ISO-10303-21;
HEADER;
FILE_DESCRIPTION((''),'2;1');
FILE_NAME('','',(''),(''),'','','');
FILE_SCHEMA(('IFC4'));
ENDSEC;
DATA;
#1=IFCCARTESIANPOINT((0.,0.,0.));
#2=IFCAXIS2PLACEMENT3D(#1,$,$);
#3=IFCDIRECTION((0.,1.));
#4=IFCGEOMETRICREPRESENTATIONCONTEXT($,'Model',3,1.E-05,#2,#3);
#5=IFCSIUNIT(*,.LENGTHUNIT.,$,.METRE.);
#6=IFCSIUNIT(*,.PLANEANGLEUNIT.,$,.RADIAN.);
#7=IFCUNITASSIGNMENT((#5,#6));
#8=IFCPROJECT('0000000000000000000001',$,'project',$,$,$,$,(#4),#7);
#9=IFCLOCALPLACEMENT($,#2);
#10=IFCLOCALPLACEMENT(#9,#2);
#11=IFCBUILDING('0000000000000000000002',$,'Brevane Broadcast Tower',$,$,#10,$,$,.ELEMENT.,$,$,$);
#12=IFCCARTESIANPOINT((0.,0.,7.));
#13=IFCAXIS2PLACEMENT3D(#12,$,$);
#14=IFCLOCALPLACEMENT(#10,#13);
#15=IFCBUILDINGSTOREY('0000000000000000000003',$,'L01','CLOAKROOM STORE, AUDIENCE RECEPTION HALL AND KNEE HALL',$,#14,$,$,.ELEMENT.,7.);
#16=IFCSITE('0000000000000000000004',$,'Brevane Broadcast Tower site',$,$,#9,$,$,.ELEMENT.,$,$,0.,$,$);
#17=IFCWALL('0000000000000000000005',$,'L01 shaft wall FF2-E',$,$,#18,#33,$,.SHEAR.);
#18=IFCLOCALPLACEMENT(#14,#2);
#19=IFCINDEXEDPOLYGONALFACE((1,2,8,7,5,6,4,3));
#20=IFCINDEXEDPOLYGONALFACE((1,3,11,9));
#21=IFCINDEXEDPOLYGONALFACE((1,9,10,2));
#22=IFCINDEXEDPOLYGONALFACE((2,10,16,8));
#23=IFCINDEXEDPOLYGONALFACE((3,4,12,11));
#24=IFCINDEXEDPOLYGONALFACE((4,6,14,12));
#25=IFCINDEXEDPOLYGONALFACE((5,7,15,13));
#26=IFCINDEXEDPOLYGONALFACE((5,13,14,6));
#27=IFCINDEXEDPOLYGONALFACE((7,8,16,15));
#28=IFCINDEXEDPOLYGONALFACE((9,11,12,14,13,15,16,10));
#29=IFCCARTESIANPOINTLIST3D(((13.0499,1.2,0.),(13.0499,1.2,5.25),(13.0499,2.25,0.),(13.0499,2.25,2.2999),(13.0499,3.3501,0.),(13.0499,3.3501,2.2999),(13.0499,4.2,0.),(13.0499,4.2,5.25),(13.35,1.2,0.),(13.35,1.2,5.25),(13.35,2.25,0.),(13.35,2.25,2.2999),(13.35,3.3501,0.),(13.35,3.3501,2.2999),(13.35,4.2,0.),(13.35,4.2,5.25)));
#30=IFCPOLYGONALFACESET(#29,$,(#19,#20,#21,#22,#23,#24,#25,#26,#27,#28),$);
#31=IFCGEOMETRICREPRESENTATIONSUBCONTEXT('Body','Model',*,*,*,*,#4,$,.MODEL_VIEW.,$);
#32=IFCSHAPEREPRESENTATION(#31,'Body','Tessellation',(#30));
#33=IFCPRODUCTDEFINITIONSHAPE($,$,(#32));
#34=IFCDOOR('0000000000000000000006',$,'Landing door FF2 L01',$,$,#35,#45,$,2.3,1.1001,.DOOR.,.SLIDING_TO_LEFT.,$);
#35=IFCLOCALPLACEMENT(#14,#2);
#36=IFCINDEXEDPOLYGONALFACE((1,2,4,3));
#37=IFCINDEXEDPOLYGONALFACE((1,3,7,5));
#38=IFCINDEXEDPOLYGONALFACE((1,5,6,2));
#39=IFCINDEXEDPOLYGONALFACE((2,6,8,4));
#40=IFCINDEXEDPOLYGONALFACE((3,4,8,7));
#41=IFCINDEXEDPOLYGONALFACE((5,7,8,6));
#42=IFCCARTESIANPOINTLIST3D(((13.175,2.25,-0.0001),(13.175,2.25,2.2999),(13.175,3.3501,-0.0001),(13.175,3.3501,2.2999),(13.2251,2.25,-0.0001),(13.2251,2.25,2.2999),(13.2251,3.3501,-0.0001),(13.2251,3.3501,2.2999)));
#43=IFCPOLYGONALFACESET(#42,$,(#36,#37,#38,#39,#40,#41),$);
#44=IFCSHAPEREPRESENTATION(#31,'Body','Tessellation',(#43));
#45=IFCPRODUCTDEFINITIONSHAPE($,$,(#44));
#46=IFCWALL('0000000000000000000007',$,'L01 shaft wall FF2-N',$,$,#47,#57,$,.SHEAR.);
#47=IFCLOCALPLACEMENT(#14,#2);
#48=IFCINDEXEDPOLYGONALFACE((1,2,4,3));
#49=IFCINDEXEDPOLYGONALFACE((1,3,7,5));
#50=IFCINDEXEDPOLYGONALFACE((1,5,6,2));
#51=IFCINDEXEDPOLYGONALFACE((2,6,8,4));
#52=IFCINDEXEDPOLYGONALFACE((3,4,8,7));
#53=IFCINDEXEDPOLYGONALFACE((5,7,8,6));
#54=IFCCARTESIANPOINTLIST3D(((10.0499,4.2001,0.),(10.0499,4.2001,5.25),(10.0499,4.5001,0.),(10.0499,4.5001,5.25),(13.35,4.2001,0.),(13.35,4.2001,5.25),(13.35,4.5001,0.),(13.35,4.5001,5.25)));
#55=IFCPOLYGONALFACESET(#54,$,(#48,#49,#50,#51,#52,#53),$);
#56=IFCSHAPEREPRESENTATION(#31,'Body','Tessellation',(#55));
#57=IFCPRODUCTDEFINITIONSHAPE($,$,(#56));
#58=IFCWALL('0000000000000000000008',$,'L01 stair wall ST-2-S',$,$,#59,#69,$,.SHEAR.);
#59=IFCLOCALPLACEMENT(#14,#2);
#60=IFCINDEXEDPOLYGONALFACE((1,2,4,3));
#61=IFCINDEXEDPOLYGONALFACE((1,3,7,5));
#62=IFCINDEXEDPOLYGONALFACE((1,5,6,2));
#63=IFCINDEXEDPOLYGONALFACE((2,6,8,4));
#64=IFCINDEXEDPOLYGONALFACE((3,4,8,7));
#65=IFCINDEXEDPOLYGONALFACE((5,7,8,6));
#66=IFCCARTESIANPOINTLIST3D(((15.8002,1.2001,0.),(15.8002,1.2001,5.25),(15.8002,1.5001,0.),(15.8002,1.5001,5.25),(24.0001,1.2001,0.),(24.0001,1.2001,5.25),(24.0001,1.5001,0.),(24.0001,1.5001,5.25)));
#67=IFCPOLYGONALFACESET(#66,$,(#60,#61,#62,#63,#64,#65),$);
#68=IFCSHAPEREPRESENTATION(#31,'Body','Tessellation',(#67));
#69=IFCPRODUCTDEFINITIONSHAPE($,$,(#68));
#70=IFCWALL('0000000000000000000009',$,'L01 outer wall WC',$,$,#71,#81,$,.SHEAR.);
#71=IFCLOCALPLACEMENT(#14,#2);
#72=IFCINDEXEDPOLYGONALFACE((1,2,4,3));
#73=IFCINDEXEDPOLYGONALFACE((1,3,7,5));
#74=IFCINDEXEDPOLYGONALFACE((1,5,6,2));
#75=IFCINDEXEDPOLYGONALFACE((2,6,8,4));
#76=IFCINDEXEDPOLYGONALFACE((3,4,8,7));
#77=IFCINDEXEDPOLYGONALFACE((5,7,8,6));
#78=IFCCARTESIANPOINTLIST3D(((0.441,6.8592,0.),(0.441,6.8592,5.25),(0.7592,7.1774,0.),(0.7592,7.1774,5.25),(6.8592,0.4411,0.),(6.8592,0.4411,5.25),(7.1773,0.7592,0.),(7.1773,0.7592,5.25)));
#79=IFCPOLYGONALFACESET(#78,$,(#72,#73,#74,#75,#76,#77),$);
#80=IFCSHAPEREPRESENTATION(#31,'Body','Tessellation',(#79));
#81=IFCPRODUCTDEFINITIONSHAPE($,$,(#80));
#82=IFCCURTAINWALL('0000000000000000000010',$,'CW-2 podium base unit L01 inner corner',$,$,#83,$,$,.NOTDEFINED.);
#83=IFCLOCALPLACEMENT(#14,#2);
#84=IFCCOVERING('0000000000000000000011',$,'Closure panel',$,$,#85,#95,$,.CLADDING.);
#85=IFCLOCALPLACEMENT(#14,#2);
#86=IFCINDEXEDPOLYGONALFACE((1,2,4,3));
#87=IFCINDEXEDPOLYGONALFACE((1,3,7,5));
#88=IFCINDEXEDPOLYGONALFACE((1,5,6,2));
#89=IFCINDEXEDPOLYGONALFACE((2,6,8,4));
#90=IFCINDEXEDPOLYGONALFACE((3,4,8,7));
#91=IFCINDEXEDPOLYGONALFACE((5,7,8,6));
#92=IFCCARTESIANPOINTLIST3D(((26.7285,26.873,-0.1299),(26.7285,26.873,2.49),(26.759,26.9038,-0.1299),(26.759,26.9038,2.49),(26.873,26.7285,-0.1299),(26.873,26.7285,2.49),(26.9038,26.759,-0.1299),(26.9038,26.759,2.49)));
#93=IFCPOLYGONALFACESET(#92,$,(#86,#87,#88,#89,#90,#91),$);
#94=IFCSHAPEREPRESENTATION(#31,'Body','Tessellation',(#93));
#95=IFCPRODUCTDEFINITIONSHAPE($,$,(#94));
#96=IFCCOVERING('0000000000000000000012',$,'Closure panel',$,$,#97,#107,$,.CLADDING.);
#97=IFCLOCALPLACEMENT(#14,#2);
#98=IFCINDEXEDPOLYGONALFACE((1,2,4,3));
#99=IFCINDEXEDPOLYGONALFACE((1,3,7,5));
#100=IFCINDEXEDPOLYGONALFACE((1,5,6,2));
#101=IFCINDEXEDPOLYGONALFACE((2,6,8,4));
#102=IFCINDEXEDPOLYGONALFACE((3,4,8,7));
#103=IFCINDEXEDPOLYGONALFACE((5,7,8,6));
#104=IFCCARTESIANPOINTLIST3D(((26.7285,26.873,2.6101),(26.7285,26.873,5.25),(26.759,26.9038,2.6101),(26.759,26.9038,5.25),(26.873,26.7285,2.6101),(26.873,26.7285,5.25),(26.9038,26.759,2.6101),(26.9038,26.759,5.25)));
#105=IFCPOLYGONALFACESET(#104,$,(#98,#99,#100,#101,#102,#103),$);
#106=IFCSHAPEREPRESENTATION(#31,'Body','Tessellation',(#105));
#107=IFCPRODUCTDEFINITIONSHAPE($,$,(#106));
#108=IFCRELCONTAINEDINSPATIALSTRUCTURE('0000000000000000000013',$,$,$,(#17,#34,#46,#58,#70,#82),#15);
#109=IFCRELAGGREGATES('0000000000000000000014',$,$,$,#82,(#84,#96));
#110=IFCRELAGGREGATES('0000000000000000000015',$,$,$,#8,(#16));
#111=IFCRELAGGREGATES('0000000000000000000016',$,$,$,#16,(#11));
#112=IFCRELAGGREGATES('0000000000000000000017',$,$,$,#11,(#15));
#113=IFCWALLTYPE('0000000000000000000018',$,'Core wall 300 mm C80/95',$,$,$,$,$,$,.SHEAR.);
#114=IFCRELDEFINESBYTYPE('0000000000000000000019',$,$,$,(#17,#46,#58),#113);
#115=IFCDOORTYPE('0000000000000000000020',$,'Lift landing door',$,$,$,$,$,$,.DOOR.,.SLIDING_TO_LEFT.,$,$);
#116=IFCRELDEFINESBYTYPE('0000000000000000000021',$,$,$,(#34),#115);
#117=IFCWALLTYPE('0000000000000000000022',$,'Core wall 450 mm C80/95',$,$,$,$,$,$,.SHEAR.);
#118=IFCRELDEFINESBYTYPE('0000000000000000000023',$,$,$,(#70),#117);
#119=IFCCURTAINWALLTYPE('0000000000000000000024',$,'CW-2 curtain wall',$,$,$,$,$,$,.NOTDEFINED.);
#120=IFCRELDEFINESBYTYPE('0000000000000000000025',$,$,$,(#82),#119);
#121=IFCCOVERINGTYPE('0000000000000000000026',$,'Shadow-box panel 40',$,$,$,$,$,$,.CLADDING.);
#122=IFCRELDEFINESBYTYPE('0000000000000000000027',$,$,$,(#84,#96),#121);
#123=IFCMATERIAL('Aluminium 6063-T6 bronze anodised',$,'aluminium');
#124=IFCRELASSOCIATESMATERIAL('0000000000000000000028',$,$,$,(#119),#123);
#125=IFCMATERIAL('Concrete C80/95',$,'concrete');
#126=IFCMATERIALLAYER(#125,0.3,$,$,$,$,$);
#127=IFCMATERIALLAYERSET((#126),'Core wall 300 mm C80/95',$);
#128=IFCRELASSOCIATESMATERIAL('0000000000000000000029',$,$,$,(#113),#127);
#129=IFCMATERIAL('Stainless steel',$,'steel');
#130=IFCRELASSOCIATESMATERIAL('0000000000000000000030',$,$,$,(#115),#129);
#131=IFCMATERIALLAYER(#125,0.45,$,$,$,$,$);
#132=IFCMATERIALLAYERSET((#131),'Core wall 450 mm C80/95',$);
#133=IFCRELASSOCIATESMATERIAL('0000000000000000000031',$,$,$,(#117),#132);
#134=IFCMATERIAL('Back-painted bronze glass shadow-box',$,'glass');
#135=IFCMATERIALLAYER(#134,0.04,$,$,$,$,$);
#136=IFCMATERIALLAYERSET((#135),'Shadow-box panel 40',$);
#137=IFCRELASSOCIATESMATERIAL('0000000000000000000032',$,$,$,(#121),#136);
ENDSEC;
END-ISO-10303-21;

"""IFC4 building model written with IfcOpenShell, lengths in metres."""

from ifc_helpers import new_model, si_unit, direction, frame, frame_2d, origin, place, context, subcontext, project, spatial, polyline, rectangle, outline, extrude, material, layer, layer_set, type_object, element, fill, aggregate, save


model = new_model("IFC4")

# Units and contexts
model_context = context("Model", 3, precision=1e-05, world=origin(), true_north=direction((0.0, 1.0)))
body_context = subcontext(model_context, "Body", "Model", "MODEL_VIEW")
ifc_project = project(units=[si_unit("LENGTHUNIT", "METRE"), si_unit("PLANEANGLEUNIT", "RADIAN")], contexts=[model_context])

# Site, building, storey
site_placement = place(None, origin())
site = spatial("IfcSite", under=ifc_project, at=site_placement, Name="Brevane Broadcast Tower site", CompositionType="ELEMENT", RefElevation=0.0)
building_placement = place(site_placement, origin())
building = spatial("IfcBuilding", under=site, at=building_placement, Name="Brevane Broadcast Tower", CompositionType="ELEMENT")
storey_placement = place(building_placement, frame((0.0, 0.0, 7.0)))
storey = spatial("IfcBuildingStorey", under=building, at=storey_placement, Name="L01", Description="CLOAKROOM STORE, AUDIENCE RECEPTION HALL AND KNEE HALL", CompositionType="ELEMENT", Elevation=7.0)

# Shared definitions
ifc_material_1 = material(Name="Aluminium 6063-T6 bronze anodised", Category="aluminium")
curtain_wall_type = type_object("IfcCurtainWallType", Name="CW-2 curtain wall", PredefinedType="NOTDEFINED", material=ifc_material_1)

# Shared definitions
ifc_material_2 = material(Name="Concrete C80/95", Category="concrete")
ifc_layer_1 = layer(ifc_material_2, 0.3)
ifc_layer_set_1 = layer_set([ifc_layer_1], Name="Core wall 300 mm C80/95")
wall_type_1 = type_object("IfcWallType", Name="Core wall 300 mm C80/95", PredefinedType="SHEAR", material=ifc_layer_set_1)

# Wall, opening, door
wall_1_placement = place(storey_placement, frame((13.2, 1.2, 0.0), z_axis=(0.0, 0.0, 1.0), x_axis=(0.0, 1.0, 0.0)))
wall_1 = element("IfcWall", 1, at=wall_1_placement, inside=storey, type_object=wall_type_1, Name="L01 shaft wall FF2-E", PredefinedType="SHEAR", context=body_context, shape_type="SweptSolid", body=[
    extrude(rectangle(XDim=3.0, YDim=0.3, at=frame_2d((1.5, 0.0))), origin(), (0.0, 0.0, 1.0), 5.25),
])
opening_1_placement = place(wall_1_placement, frame((1.05, 0.0, 0.0)))
opening_1 = element("IfcOpeningElement", 2, at=opening_1_placement, cuts=wall_1, PredefinedType="OPENING", context=body_context, shape_type="SweptSolid", body=[
    extrude(rectangle(XDim=1.1001, YDim=2.3, at=frame_2d((0.55, 1.1499))), frame((0.0, 0.1599, 0.0), z_axis=(0.0, -1.0, 0.0), x_axis=(1.0, 0.0, 0.0)), (0.0, 0.0, 1.0), 0.3201),
])
ifc_material_3 = material(Name="Stainless steel", Category="steel")
door_type_1 = type_object("IfcDoorType", Name="Lift landing door", OperationType="SLIDING_TO_LEFT", PredefinedType="DOOR", material=ifc_material_3)
door_1_placement = place(opening_1_placement, origin())
door_1 = element("IfcDoor", 3, at=door_1_placement, inside=storey, type_object=door_type_1, Name="Landing door FF2 L01", OperationType="SLIDING_TO_LEFT", OverallHeight=2.3, OverallWidth=1.1001, PredefinedType="DOOR", context=body_context, shape_type="SweptSolid", body=[
    extrude(rectangle(XDim=1.1001, YDim=2.3, at=frame_2d((0.55, 1.1499))), frame((0.0, 0.0249, 0.0), z_axis=(0.0, -1.0, 0.0), x_axis=(1.0, 0.0, 0.0)), (0.0, 0.0, 1.0), 0.05),
])
fill(opening_1, door_1)

# Walls
wall_2_placement = place(storey_placement, frame((10.05, 4.3501, 0.0), z_axis=(0.0, 0.0, 1.0), x_axis=(1.0, 0.0, 0.0)))
element("IfcWall", 4, at=wall_2_placement, inside=storey, type_object=wall_type_1, Name="L01 shaft wall FF2-N", PredefinedType="SHEAR", context=body_context, shape_type="SweptSolid", body=[
    extrude(rectangle(XDim=3.3, YDim=0.3, at=frame_2d((1.6499, 0.0))), origin(), (0.0, 0.0, 1.0), 5.25),
])
wall_3_placement = place(storey_placement, frame((15.8, 1.3501, 0.0), z_axis=(0.0, 0.0, 1.0), x_axis=(1.0, 0.0, 0.0)))
element("IfcWall", 5, at=wall_3_placement, inside=storey, type_object=wall_type_1, Name="L01 stair wall ST-2-S", PredefinedType="SHEAR", context=body_context, shape_type="SweptSolid", body=[
    extrude(rectangle(XDim=8.2, YDim=0.3, at=frame_2d((4.1001, 0.0))), origin(), (0.0, 0.0, 1.0), 5.25),
])
ifc_layer_2 = layer(ifc_material_2, 0.45)
ifc_layer_set_2 = layer_set([ifc_layer_2], Name="Core wall 450 mm C80/95")
wall_type_2 = type_object("IfcWallType", Name="Core wall 450 mm C80/95", PredefinedType="SHEAR", material=ifc_layer_set_2)
wall_4_placement = place(storey_placement, frame((0.6001, 7.0183, 0.0), z_axis=(0.0, 0.0, 1.0), x_axis=(0.707107, -0.707107, 0.0)))
element("IfcWall", 6, at=wall_4_placement, inside=storey, type_object=wall_type_2, Name="L01 outer wall WC", PredefinedType="SHEAR", context=body_context, shape_type="SweptSolid", body=[
    extrude(rectangle(XDim=9.0767, YDim=0.45, at=frame_2d((4.5383, 0.0))), origin(), (0.0, 0.0, 1.0), 5.25),
])

# Curtain wall, coverings
curtain_wall_1_placement = place(storey_placement, origin())
curtain_wall_1 = element("IfcCurtainWall", 7, at=curtain_wall_1_placement, inside=storey, type_object=curtain_wall_type, Name="CW-2 podium base unit L01 inner corner", PredefinedType="NOTDEFINED")
ifc_material_4 = material(Name="Back-painted bronze glass shadow-box", Category="glass")
ifc_layer_3 = layer(ifc_material_4, 0.04)
ifc_layer_set_3 = layer_set([ifc_layer_3], Name="Shadow-box panel 40")
covering_type = type_object("IfcCoveringType", Name="Shadow-box panel 40", PredefinedType="CLADDING", material=ifc_layer_set_3)
covering_1_placement = place(storey_placement, frame((0.0, 0.0, -0.1299)))
covering_1 = element("IfcCovering", 8, at=covering_1_placement, type_object=covering_type, Name="Closure panel", PredefinedType="CLADDING", context=body_context, shape_type="SweptSolid", body=[
    extrude(outline(polyline([(26.873, 26.7285), (26.9038, 26.759), (26.759, 26.9038), (26.7285, 26.873), (26.873, 26.7285)])), origin(), (0.0, 0.0, 1.0), 2.6199),
])
covering_2_placement = place(storey_placement, frame((0.0, 0.0, 2.6101)))
covering_2 = element("IfcCovering", 9, at=covering_2_placement, type_object=covering_type, Name="Closure panel", PredefinedType="CLADDING", context=body_context, shape_type="SweptSolid", body=[
    extrude(outline(polyline([(26.873, 26.7285), (26.9038, 26.759), (26.759, 26.9038), (26.7285, 26.873), (26.873, 26.7285)])), origin(), (0.0, 0.0, 1.0), 2.6399),
])
aggregate(curtain_wall_1, [covering_1, covering_2])

save(model, "model.ifc")
